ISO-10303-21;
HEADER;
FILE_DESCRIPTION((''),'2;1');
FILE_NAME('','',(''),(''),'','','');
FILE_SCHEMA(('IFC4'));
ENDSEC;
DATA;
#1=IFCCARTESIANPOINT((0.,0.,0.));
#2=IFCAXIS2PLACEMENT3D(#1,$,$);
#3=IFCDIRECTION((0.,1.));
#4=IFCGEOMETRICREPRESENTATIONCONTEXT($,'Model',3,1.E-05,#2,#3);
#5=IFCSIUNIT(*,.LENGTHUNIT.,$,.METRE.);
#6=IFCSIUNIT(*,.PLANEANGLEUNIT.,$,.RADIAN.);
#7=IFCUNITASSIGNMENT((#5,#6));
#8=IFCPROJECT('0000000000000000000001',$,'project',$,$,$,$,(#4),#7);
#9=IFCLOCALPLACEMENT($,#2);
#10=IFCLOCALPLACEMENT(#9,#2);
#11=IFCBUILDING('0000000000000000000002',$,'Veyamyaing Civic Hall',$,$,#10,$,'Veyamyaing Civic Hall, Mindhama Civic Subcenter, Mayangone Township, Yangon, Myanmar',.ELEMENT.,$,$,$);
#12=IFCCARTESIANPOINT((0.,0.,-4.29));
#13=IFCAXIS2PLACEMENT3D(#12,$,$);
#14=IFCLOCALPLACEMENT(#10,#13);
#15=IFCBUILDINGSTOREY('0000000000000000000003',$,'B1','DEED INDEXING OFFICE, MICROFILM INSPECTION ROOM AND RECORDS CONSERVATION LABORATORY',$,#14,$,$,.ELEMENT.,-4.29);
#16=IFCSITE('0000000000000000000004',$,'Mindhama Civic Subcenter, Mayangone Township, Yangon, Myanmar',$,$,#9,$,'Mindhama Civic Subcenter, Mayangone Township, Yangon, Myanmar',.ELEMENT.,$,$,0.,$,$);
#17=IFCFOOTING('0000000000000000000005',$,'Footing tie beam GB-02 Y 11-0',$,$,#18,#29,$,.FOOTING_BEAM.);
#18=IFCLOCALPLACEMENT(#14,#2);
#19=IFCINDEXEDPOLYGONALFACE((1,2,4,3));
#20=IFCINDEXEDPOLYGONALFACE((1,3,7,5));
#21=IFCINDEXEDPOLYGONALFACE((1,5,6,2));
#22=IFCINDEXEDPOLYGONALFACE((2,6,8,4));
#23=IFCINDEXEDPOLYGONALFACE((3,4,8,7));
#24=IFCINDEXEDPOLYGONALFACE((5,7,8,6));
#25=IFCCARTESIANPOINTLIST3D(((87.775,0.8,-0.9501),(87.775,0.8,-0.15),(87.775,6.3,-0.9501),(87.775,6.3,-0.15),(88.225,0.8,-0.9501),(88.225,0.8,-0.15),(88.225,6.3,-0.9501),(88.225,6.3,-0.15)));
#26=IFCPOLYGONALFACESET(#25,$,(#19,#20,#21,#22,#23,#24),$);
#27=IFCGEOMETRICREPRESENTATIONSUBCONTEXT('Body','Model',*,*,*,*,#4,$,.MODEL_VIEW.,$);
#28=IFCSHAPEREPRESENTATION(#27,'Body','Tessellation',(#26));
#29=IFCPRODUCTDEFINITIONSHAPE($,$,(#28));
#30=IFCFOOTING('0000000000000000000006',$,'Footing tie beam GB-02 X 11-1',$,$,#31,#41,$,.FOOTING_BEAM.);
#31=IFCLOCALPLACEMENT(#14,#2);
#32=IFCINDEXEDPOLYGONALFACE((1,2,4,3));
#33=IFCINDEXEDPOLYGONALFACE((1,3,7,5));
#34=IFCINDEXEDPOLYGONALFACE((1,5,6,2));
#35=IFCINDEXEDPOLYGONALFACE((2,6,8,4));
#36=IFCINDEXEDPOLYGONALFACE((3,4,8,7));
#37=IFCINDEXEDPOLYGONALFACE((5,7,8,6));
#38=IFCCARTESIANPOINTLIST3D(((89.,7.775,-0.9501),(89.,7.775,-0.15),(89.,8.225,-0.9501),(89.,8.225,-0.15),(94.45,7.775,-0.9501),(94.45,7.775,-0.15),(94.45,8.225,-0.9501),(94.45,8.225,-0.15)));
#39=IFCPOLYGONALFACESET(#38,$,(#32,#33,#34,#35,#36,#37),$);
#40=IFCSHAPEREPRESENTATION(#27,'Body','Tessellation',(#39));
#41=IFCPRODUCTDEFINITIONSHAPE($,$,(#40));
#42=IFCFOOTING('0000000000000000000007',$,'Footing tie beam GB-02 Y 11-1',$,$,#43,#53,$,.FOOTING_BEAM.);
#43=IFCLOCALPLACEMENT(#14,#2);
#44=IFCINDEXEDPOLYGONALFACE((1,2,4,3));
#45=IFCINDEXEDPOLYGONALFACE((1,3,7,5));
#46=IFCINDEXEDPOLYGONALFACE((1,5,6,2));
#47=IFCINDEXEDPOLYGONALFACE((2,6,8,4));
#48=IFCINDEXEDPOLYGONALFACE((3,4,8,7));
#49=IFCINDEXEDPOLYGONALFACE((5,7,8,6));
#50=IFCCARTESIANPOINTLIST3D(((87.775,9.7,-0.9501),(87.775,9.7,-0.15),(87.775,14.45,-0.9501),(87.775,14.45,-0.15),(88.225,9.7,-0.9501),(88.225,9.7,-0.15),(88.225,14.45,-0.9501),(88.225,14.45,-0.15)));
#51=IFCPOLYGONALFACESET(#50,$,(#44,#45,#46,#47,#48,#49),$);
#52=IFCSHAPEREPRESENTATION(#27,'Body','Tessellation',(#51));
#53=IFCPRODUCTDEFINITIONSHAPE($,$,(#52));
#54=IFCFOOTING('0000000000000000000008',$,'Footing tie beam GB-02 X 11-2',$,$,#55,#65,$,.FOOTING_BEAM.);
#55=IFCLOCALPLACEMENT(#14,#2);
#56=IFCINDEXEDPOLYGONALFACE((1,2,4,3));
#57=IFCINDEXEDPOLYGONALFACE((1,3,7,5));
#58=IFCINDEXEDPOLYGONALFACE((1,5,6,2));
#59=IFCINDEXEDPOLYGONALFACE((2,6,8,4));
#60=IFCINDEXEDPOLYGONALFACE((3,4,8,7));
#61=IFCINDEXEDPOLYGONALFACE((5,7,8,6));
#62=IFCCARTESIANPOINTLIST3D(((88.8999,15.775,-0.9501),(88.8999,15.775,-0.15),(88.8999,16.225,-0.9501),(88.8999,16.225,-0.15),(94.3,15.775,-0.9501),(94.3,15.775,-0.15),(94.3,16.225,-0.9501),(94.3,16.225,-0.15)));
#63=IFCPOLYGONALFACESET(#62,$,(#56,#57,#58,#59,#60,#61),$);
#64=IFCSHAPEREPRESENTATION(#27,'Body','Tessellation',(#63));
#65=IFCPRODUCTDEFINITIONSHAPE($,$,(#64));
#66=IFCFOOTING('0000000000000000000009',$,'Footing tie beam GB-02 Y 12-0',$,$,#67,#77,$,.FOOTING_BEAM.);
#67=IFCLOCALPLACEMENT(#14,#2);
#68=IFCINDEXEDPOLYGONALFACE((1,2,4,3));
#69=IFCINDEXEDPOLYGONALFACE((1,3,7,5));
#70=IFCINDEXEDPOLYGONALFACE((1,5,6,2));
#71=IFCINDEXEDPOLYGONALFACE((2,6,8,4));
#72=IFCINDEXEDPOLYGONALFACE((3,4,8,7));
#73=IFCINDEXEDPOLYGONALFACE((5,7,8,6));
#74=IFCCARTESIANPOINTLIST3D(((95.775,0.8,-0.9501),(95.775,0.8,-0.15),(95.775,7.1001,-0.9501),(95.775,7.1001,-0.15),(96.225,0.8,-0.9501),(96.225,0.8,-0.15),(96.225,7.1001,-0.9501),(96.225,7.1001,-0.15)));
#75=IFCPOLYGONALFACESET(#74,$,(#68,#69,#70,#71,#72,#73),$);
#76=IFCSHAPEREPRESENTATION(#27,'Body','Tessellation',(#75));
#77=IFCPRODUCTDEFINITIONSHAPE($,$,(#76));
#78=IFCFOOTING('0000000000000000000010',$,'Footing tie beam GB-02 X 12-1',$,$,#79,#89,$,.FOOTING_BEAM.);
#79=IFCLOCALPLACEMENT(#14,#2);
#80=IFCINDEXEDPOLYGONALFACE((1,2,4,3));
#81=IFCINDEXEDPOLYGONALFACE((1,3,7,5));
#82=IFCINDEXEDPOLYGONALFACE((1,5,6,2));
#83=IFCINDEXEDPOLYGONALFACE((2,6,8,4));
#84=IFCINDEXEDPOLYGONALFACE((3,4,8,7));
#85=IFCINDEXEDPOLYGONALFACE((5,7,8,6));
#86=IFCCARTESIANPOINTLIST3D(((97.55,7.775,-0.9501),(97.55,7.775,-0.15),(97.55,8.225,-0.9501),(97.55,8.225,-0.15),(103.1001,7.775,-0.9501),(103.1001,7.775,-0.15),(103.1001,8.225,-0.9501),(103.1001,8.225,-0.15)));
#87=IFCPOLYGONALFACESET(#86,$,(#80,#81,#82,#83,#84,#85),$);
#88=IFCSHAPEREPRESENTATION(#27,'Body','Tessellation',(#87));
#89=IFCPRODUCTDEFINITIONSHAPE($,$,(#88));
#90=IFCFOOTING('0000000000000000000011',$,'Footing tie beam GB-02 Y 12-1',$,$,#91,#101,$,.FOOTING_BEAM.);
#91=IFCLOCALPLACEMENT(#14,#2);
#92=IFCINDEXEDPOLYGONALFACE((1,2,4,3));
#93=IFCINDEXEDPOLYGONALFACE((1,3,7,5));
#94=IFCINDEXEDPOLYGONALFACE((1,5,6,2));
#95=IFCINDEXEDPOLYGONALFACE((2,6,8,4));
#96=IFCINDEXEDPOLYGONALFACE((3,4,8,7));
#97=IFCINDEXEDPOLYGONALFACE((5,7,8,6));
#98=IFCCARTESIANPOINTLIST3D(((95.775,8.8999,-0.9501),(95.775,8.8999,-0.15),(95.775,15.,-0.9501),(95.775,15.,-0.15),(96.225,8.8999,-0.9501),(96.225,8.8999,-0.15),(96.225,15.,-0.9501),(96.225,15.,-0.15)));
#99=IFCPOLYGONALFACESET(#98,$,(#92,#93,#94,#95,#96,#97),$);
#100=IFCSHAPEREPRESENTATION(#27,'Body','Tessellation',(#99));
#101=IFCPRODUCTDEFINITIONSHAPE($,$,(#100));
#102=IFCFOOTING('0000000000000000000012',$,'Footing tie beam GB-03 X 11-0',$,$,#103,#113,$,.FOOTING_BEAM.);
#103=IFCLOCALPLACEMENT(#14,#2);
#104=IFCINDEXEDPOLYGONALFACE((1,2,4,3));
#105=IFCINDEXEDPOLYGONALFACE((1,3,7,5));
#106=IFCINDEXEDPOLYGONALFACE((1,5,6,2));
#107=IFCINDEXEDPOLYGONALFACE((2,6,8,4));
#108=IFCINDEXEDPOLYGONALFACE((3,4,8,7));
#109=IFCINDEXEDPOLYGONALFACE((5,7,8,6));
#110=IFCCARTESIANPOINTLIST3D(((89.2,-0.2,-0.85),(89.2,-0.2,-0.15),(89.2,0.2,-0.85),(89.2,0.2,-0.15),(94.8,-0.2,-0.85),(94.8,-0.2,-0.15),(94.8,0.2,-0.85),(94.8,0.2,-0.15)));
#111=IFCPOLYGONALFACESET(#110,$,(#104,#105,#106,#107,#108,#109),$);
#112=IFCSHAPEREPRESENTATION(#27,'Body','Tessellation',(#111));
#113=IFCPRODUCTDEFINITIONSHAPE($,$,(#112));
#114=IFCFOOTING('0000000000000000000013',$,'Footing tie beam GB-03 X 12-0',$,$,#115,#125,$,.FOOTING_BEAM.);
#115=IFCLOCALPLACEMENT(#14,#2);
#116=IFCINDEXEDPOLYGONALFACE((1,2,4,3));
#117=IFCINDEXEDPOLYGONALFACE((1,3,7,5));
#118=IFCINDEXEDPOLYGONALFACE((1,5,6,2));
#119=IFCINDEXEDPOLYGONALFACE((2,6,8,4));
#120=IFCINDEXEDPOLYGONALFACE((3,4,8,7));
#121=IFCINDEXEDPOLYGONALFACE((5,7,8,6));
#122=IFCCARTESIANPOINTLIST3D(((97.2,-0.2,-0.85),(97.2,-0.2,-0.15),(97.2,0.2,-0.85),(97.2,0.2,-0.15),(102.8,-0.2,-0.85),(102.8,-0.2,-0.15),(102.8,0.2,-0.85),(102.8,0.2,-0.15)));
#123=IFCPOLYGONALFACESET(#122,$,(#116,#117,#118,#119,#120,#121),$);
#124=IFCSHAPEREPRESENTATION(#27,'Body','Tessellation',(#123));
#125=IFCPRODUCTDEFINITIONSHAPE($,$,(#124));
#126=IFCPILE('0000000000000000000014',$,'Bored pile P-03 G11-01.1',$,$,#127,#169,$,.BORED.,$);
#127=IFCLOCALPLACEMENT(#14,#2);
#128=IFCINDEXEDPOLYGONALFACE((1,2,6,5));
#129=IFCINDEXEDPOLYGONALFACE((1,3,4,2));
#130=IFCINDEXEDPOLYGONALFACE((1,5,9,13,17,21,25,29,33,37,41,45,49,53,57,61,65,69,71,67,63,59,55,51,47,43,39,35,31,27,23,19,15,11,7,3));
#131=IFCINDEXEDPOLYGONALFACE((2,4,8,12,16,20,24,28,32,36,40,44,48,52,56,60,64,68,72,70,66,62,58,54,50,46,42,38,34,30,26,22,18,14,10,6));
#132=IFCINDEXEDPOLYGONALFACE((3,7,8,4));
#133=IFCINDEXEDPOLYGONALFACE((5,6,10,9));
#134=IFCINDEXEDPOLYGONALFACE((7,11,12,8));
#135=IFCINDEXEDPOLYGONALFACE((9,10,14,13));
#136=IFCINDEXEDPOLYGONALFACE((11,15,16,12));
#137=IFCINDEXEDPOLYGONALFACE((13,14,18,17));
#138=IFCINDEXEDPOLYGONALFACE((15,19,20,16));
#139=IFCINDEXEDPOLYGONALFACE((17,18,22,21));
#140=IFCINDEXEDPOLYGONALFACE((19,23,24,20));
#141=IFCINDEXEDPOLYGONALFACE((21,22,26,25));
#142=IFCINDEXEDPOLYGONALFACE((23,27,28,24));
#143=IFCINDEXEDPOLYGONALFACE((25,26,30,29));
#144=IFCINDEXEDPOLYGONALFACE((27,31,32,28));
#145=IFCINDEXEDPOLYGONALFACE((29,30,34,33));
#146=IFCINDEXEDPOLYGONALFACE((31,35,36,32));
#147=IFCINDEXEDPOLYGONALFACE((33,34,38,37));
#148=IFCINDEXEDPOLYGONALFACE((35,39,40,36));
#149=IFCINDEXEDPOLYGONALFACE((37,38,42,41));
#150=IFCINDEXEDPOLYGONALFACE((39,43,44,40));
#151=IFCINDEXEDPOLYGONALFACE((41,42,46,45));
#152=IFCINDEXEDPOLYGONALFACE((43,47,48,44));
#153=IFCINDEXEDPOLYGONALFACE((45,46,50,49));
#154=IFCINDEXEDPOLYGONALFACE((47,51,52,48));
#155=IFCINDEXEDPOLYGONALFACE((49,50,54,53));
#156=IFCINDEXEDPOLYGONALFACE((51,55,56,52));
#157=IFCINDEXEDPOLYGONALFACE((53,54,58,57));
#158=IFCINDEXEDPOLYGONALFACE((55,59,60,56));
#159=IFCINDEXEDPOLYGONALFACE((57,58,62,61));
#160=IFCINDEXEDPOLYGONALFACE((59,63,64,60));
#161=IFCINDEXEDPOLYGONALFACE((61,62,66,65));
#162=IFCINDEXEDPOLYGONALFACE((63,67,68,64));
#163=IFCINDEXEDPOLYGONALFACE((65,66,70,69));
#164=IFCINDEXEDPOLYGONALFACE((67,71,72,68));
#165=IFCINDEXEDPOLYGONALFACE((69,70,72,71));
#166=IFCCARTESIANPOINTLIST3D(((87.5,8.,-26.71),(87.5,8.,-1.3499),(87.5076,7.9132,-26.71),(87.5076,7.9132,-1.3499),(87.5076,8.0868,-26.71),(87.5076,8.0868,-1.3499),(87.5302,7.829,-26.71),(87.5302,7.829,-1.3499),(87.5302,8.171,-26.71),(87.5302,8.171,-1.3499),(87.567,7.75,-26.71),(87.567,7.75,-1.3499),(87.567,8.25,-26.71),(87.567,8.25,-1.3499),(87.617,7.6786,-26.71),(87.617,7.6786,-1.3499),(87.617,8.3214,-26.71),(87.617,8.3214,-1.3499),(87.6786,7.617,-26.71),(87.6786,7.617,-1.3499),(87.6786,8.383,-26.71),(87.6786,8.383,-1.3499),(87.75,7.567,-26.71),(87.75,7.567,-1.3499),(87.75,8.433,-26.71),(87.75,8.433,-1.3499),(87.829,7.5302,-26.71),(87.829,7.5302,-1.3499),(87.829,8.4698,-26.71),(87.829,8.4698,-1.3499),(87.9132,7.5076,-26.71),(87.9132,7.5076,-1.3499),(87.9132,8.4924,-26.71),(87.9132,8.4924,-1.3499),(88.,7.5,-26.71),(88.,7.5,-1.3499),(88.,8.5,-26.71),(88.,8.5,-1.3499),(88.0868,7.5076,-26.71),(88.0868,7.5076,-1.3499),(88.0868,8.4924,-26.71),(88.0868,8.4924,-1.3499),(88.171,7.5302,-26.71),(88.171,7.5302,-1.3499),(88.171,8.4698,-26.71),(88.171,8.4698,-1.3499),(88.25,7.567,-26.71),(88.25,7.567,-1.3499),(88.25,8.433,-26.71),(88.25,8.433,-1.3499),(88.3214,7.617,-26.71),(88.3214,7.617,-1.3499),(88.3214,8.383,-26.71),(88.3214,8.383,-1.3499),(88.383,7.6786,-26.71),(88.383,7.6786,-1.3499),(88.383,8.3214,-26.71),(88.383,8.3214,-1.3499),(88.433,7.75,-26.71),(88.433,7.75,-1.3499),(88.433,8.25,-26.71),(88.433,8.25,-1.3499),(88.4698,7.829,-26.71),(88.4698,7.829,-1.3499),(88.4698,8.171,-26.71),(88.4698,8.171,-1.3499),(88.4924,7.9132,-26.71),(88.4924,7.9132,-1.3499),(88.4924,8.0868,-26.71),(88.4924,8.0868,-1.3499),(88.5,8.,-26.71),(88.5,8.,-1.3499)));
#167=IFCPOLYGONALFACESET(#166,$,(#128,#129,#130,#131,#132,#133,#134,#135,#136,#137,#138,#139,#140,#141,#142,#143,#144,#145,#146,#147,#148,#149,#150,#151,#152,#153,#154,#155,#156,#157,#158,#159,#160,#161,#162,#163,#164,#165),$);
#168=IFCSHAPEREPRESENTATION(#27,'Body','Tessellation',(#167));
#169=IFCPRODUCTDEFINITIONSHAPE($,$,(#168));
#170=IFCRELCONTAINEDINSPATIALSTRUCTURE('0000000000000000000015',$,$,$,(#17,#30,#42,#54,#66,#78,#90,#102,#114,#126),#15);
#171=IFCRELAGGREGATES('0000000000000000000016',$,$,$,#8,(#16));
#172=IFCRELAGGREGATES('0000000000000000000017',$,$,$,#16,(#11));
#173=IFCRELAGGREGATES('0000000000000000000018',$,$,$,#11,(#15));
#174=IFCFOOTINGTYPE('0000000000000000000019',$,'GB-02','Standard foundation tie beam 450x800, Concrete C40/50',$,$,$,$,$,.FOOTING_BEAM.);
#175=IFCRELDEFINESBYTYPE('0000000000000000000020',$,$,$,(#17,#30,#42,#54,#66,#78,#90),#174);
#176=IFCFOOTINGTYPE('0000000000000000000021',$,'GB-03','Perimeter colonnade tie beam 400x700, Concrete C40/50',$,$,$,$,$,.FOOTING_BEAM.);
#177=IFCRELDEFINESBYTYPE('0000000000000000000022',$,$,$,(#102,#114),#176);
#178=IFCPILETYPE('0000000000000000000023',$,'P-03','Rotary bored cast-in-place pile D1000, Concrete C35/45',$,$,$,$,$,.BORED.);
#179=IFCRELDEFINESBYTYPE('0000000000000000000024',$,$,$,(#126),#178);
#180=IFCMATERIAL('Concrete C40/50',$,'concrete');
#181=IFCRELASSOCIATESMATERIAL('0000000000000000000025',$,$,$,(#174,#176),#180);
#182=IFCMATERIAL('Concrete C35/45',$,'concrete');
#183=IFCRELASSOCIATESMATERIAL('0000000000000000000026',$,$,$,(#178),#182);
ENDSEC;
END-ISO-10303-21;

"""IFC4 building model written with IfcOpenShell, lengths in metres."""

from ifc_helpers import new_model, si_unit, direction, frame, origin, origin_2d, place, context, subcontext, project, spatial, rectangle, circle, extrude, material, material_profile, profile_set, type_object, element, save


model = new_model("IFC4")

# Units and contexts
model_context = context("Model", 3, precision=1e-05, world=origin(), true_north=direction((0.0, 1.0)))
body_context = subcontext(model_context, "Body", "Model", "MODEL_VIEW")
ifc_project = project(units=[si_unit("LENGTHUNIT", "METRE"), si_unit("PLANEANGLEUNIT", "RADIAN")], contexts=[model_context])

# Site, building, storey
site_placement = place(None, origin())
site = spatial("IfcSite", under=ifc_project, at=site_placement, Name="Mindhama Civic Subcenter, Mayangone Township, Yangon, Myanmar", LongName="Mindhama Civic Subcenter, Mayangone Township, Yangon, Myanmar", CompositionType="ELEMENT", RefElevation=0.0)
building_placement = place(site_placement, origin())
building = spatial("IfcBuilding", under=site, at=building_placement, Name="Veyamyaing Civic Hall", LongName="Veyamyaing Civic Hall, Mindhama Civic Subcenter, Mayangone Township, Yangon, Myanmar", CompositionType="ELEMENT")
storey_placement = place(building_placement, frame((0.0, 0.0, -4.29)))
storey = spatial("IfcBuildingStorey", under=building, at=storey_placement, Name="B1", Description="DEED INDEXING OFFICE, MICROFILM INSPECTION ROOM AND RECORDS CONSERVATION LABORATORY", CompositionType="ELEMENT", Elevation=-4.29)

# Footings
ifc_material_1 = material(Name="Concrete C40/50", Category="concrete")
ifc_material_profile_1 = material_profile(ifc_material_1, rectangle(XDim=0.45, YDim=0.8, at=origin_2d()), Name="GB-450X800")
ifc_profile_set_1 = profile_set([ifc_material_profile_1], Name="Concrete C40/50")
footing_type_1 = type_object("IfcFootingType", Name="GB-02", Description="Standard foundation tie beam 450x800, Concrete C40/50", PredefinedType="FOOTING_BEAM", material=ifc_profile_set_1)
footing_1_placement = place(storey_placement, frame((88.0, 0.8, -0.55), z_axis=(0.0, 1.0, 0.0), x_axis=(-1.0, 0.0, 0.0)))
element("IfcFooting", 1, at=footing_1_placement, inside=storey, type_object=footing_type_1, Name="Footing tie beam GB-02 Y 11-0", PredefinedType="FOOTING_BEAM", context=body_context, shape_type="SweptSolid", body=[
    extrude(rectangle(XDim=0.45, YDim=0.8, at=origin_2d()), origin(), (0.0, 0.0, 1.0), 5.5),
])
footing_2_placement = place(storey_placement, frame((89.0, 8.0, -0.55), z_axis=(1.0, 0.0, 0.0), x_axis=(0.0, 1.0, 0.0)))
element("IfcFooting", 2, at=footing_2_placement, inside=storey, type_object=footing_type_1, Name="Footing tie beam GB-02 X 11-1", PredefinedType="FOOTING_BEAM", context=body_context, shape_type="SweptSolid", body=[
    extrude(rectangle(XDim=0.45, YDim=0.8, at=origin_2d()), origin(), (0.0, 0.0, 1.0), 5.45),
])
footing_3_placement = place(storey_placement, frame((88.0, 9.7, -0.55), z_axis=(0.0, 1.0, 0.0), x_axis=(-1.0, 0.0, 0.0)))
element("IfcFooting", 3, at=footing_3_placement, inside=storey, type_object=footing_type_1, Name="Footing tie beam GB-02 Y 11-1", PredefinedType="FOOTING_BEAM", context=body_context, shape_type="SweptSolid", body=[
    extrude(rectangle(XDim=0.45, YDim=0.8, at=origin_2d()), origin(), (0.0, 0.0, 1.0), 4.75),
])
footing_4_placement = place(storey_placement, frame((88.8999, 16.0, -0.55), z_axis=(1.0, 0.0, 0.0), x_axis=(0.0, 1.0, 0.0)))
element("IfcFooting", 4, at=footing_4_placement, inside=storey, type_object=footing_type_1, Name="Footing tie beam GB-02 X 11-2", PredefinedType="FOOTING_BEAM", context=body_context, shape_type="SweptSolid", body=[
    extrude(rectangle(XDim=0.45, YDim=0.8, at=origin_2d()), origin(), (0.0, 0.0, 1.0), 5.4001),
])
footing_5_placement = place(storey_placement, frame((96.0, 0.8, -0.55), z_axis=(0.0, 1.0, 0.0), x_axis=(-1.0, 0.0, 0.0)))
element("IfcFooting", 5, at=footing_5_placement, inside=storey, type_object=footing_type_1, Name="Footing tie beam GB-02 Y 12-0", PredefinedType="FOOTING_BEAM", context=body_context, shape_type="SweptSolid", body=[
    extrude(rectangle(XDim=0.45, YDim=0.8, at=origin_2d()), origin(), (0.0, 0.0, 1.0), 6.3),
])
footing_6_placement = place(storey_placement, frame((97.55, 8.0, -0.55), z_axis=(1.0, 0.0, 0.0), x_axis=(0.0, 1.0, 0.0)))
element("IfcFooting", 6, at=footing_6_placement, inside=storey, type_object=footing_type_1, Name="Footing tie beam GB-02 X 12-1", PredefinedType="FOOTING_BEAM", context=body_context, shape_type="SweptSolid", body=[
    extrude(rectangle(XDim=0.45, YDim=0.8, at=origin_2d()), origin(), (0.0, 0.0, 1.0), 5.55),
])
footing_7_placement = place(storey_placement, frame((96.0, 8.8999, -0.55), z_axis=(0.0, 1.0, 0.0), x_axis=(-1.0, 0.0, 0.0)))
element("IfcFooting", 7, at=footing_7_placement, inside=storey, type_object=footing_type_1, Name="Footing tie beam GB-02 Y 12-1", PredefinedType="FOOTING_BEAM", context=body_context, shape_type="SweptSolid", body=[
    extrude(rectangle(XDim=0.45, YDim=0.8, at=origin_2d()), origin(), (0.0, 0.0, 1.0), 6.1001),
])
ifc_material_profile_2 = material_profile(ifc_material_1, rectangle(XDim=0.3999, YDim=0.7, at=origin_2d()), Name="GB-400X700")
ifc_profile_set_2 = profile_set([ifc_material_profile_2], Name="Concrete C40/50")
footing_type_2 = type_object("IfcFootingType", Name="GB-03", Description="Perimeter colonnade tie beam 400x700, Concrete C40/50", PredefinedType="FOOTING_BEAM", material=ifc_profile_set_2)
for number, where, z_axis, x_axis, name in (
    (8, (89.2, 0.0, -0.5), (1.0, 0.0, 0.0), (0.0, 1.0, 0.0), "Footing tie beam GB-03 X 11-0"),
    (9, (97.2, 0.0, -0.5), (1.0, 0.0, 0.0), (0.0, 1.0, 0.0), "Footing tie beam GB-03 X 12-0"),
):
    element("IfcFooting", number, at=place(storey_placement, frame(where, z_axis=z_axis, x_axis=x_axis)), inside=storey, type_object=footing_type_2, Name=name, PredefinedType="FOOTING_BEAM", context=body_context, shape_type="SweptSolid", body=[
        extrude(rectangle(XDim=0.3999, YDim=0.7, at=origin_2d()), origin(), (0.0, 0.0, 1.0), 5.6001),
    ])

# Pile
ifc_material_2 = material(Name="Concrete C35/45", Category="concrete")
ifc_material_profile_3 = material_profile(ifc_material_2, circle(Radius=0.5, at=origin_2d()), Name="PILE-D1000")
ifc_profile_set_3 = profile_set([ifc_material_profile_3], Name="Concrete C35/45")
pile_type_1 = type_object("IfcPileType", Name="P-03", Description="Rotary bored cast-in-place pile D1000, Concrete C35/45", PredefinedType="BORED", material=ifc_profile_set_3)
pile_1_placement = place(storey_placement, frame((88.0, 8.0, -1.3499), z_axis=(0.0, 0.0, -1.0), x_axis=(1.0, 0.0, 0.0)))
element("IfcPile", 10, at=pile_1_placement, inside=storey, type_object=pile_type_1, Name="Bored pile P-03 G11-01.1", PredefinedType="BORED", context=body_context, shape_type="SweptSolid", body=[
    extrude(circle(Radius=0.5, at=origin_2d()), origin(), (0.0, 0.0, 1.0), 25.3601),
])

save(model, "model.ifc")
